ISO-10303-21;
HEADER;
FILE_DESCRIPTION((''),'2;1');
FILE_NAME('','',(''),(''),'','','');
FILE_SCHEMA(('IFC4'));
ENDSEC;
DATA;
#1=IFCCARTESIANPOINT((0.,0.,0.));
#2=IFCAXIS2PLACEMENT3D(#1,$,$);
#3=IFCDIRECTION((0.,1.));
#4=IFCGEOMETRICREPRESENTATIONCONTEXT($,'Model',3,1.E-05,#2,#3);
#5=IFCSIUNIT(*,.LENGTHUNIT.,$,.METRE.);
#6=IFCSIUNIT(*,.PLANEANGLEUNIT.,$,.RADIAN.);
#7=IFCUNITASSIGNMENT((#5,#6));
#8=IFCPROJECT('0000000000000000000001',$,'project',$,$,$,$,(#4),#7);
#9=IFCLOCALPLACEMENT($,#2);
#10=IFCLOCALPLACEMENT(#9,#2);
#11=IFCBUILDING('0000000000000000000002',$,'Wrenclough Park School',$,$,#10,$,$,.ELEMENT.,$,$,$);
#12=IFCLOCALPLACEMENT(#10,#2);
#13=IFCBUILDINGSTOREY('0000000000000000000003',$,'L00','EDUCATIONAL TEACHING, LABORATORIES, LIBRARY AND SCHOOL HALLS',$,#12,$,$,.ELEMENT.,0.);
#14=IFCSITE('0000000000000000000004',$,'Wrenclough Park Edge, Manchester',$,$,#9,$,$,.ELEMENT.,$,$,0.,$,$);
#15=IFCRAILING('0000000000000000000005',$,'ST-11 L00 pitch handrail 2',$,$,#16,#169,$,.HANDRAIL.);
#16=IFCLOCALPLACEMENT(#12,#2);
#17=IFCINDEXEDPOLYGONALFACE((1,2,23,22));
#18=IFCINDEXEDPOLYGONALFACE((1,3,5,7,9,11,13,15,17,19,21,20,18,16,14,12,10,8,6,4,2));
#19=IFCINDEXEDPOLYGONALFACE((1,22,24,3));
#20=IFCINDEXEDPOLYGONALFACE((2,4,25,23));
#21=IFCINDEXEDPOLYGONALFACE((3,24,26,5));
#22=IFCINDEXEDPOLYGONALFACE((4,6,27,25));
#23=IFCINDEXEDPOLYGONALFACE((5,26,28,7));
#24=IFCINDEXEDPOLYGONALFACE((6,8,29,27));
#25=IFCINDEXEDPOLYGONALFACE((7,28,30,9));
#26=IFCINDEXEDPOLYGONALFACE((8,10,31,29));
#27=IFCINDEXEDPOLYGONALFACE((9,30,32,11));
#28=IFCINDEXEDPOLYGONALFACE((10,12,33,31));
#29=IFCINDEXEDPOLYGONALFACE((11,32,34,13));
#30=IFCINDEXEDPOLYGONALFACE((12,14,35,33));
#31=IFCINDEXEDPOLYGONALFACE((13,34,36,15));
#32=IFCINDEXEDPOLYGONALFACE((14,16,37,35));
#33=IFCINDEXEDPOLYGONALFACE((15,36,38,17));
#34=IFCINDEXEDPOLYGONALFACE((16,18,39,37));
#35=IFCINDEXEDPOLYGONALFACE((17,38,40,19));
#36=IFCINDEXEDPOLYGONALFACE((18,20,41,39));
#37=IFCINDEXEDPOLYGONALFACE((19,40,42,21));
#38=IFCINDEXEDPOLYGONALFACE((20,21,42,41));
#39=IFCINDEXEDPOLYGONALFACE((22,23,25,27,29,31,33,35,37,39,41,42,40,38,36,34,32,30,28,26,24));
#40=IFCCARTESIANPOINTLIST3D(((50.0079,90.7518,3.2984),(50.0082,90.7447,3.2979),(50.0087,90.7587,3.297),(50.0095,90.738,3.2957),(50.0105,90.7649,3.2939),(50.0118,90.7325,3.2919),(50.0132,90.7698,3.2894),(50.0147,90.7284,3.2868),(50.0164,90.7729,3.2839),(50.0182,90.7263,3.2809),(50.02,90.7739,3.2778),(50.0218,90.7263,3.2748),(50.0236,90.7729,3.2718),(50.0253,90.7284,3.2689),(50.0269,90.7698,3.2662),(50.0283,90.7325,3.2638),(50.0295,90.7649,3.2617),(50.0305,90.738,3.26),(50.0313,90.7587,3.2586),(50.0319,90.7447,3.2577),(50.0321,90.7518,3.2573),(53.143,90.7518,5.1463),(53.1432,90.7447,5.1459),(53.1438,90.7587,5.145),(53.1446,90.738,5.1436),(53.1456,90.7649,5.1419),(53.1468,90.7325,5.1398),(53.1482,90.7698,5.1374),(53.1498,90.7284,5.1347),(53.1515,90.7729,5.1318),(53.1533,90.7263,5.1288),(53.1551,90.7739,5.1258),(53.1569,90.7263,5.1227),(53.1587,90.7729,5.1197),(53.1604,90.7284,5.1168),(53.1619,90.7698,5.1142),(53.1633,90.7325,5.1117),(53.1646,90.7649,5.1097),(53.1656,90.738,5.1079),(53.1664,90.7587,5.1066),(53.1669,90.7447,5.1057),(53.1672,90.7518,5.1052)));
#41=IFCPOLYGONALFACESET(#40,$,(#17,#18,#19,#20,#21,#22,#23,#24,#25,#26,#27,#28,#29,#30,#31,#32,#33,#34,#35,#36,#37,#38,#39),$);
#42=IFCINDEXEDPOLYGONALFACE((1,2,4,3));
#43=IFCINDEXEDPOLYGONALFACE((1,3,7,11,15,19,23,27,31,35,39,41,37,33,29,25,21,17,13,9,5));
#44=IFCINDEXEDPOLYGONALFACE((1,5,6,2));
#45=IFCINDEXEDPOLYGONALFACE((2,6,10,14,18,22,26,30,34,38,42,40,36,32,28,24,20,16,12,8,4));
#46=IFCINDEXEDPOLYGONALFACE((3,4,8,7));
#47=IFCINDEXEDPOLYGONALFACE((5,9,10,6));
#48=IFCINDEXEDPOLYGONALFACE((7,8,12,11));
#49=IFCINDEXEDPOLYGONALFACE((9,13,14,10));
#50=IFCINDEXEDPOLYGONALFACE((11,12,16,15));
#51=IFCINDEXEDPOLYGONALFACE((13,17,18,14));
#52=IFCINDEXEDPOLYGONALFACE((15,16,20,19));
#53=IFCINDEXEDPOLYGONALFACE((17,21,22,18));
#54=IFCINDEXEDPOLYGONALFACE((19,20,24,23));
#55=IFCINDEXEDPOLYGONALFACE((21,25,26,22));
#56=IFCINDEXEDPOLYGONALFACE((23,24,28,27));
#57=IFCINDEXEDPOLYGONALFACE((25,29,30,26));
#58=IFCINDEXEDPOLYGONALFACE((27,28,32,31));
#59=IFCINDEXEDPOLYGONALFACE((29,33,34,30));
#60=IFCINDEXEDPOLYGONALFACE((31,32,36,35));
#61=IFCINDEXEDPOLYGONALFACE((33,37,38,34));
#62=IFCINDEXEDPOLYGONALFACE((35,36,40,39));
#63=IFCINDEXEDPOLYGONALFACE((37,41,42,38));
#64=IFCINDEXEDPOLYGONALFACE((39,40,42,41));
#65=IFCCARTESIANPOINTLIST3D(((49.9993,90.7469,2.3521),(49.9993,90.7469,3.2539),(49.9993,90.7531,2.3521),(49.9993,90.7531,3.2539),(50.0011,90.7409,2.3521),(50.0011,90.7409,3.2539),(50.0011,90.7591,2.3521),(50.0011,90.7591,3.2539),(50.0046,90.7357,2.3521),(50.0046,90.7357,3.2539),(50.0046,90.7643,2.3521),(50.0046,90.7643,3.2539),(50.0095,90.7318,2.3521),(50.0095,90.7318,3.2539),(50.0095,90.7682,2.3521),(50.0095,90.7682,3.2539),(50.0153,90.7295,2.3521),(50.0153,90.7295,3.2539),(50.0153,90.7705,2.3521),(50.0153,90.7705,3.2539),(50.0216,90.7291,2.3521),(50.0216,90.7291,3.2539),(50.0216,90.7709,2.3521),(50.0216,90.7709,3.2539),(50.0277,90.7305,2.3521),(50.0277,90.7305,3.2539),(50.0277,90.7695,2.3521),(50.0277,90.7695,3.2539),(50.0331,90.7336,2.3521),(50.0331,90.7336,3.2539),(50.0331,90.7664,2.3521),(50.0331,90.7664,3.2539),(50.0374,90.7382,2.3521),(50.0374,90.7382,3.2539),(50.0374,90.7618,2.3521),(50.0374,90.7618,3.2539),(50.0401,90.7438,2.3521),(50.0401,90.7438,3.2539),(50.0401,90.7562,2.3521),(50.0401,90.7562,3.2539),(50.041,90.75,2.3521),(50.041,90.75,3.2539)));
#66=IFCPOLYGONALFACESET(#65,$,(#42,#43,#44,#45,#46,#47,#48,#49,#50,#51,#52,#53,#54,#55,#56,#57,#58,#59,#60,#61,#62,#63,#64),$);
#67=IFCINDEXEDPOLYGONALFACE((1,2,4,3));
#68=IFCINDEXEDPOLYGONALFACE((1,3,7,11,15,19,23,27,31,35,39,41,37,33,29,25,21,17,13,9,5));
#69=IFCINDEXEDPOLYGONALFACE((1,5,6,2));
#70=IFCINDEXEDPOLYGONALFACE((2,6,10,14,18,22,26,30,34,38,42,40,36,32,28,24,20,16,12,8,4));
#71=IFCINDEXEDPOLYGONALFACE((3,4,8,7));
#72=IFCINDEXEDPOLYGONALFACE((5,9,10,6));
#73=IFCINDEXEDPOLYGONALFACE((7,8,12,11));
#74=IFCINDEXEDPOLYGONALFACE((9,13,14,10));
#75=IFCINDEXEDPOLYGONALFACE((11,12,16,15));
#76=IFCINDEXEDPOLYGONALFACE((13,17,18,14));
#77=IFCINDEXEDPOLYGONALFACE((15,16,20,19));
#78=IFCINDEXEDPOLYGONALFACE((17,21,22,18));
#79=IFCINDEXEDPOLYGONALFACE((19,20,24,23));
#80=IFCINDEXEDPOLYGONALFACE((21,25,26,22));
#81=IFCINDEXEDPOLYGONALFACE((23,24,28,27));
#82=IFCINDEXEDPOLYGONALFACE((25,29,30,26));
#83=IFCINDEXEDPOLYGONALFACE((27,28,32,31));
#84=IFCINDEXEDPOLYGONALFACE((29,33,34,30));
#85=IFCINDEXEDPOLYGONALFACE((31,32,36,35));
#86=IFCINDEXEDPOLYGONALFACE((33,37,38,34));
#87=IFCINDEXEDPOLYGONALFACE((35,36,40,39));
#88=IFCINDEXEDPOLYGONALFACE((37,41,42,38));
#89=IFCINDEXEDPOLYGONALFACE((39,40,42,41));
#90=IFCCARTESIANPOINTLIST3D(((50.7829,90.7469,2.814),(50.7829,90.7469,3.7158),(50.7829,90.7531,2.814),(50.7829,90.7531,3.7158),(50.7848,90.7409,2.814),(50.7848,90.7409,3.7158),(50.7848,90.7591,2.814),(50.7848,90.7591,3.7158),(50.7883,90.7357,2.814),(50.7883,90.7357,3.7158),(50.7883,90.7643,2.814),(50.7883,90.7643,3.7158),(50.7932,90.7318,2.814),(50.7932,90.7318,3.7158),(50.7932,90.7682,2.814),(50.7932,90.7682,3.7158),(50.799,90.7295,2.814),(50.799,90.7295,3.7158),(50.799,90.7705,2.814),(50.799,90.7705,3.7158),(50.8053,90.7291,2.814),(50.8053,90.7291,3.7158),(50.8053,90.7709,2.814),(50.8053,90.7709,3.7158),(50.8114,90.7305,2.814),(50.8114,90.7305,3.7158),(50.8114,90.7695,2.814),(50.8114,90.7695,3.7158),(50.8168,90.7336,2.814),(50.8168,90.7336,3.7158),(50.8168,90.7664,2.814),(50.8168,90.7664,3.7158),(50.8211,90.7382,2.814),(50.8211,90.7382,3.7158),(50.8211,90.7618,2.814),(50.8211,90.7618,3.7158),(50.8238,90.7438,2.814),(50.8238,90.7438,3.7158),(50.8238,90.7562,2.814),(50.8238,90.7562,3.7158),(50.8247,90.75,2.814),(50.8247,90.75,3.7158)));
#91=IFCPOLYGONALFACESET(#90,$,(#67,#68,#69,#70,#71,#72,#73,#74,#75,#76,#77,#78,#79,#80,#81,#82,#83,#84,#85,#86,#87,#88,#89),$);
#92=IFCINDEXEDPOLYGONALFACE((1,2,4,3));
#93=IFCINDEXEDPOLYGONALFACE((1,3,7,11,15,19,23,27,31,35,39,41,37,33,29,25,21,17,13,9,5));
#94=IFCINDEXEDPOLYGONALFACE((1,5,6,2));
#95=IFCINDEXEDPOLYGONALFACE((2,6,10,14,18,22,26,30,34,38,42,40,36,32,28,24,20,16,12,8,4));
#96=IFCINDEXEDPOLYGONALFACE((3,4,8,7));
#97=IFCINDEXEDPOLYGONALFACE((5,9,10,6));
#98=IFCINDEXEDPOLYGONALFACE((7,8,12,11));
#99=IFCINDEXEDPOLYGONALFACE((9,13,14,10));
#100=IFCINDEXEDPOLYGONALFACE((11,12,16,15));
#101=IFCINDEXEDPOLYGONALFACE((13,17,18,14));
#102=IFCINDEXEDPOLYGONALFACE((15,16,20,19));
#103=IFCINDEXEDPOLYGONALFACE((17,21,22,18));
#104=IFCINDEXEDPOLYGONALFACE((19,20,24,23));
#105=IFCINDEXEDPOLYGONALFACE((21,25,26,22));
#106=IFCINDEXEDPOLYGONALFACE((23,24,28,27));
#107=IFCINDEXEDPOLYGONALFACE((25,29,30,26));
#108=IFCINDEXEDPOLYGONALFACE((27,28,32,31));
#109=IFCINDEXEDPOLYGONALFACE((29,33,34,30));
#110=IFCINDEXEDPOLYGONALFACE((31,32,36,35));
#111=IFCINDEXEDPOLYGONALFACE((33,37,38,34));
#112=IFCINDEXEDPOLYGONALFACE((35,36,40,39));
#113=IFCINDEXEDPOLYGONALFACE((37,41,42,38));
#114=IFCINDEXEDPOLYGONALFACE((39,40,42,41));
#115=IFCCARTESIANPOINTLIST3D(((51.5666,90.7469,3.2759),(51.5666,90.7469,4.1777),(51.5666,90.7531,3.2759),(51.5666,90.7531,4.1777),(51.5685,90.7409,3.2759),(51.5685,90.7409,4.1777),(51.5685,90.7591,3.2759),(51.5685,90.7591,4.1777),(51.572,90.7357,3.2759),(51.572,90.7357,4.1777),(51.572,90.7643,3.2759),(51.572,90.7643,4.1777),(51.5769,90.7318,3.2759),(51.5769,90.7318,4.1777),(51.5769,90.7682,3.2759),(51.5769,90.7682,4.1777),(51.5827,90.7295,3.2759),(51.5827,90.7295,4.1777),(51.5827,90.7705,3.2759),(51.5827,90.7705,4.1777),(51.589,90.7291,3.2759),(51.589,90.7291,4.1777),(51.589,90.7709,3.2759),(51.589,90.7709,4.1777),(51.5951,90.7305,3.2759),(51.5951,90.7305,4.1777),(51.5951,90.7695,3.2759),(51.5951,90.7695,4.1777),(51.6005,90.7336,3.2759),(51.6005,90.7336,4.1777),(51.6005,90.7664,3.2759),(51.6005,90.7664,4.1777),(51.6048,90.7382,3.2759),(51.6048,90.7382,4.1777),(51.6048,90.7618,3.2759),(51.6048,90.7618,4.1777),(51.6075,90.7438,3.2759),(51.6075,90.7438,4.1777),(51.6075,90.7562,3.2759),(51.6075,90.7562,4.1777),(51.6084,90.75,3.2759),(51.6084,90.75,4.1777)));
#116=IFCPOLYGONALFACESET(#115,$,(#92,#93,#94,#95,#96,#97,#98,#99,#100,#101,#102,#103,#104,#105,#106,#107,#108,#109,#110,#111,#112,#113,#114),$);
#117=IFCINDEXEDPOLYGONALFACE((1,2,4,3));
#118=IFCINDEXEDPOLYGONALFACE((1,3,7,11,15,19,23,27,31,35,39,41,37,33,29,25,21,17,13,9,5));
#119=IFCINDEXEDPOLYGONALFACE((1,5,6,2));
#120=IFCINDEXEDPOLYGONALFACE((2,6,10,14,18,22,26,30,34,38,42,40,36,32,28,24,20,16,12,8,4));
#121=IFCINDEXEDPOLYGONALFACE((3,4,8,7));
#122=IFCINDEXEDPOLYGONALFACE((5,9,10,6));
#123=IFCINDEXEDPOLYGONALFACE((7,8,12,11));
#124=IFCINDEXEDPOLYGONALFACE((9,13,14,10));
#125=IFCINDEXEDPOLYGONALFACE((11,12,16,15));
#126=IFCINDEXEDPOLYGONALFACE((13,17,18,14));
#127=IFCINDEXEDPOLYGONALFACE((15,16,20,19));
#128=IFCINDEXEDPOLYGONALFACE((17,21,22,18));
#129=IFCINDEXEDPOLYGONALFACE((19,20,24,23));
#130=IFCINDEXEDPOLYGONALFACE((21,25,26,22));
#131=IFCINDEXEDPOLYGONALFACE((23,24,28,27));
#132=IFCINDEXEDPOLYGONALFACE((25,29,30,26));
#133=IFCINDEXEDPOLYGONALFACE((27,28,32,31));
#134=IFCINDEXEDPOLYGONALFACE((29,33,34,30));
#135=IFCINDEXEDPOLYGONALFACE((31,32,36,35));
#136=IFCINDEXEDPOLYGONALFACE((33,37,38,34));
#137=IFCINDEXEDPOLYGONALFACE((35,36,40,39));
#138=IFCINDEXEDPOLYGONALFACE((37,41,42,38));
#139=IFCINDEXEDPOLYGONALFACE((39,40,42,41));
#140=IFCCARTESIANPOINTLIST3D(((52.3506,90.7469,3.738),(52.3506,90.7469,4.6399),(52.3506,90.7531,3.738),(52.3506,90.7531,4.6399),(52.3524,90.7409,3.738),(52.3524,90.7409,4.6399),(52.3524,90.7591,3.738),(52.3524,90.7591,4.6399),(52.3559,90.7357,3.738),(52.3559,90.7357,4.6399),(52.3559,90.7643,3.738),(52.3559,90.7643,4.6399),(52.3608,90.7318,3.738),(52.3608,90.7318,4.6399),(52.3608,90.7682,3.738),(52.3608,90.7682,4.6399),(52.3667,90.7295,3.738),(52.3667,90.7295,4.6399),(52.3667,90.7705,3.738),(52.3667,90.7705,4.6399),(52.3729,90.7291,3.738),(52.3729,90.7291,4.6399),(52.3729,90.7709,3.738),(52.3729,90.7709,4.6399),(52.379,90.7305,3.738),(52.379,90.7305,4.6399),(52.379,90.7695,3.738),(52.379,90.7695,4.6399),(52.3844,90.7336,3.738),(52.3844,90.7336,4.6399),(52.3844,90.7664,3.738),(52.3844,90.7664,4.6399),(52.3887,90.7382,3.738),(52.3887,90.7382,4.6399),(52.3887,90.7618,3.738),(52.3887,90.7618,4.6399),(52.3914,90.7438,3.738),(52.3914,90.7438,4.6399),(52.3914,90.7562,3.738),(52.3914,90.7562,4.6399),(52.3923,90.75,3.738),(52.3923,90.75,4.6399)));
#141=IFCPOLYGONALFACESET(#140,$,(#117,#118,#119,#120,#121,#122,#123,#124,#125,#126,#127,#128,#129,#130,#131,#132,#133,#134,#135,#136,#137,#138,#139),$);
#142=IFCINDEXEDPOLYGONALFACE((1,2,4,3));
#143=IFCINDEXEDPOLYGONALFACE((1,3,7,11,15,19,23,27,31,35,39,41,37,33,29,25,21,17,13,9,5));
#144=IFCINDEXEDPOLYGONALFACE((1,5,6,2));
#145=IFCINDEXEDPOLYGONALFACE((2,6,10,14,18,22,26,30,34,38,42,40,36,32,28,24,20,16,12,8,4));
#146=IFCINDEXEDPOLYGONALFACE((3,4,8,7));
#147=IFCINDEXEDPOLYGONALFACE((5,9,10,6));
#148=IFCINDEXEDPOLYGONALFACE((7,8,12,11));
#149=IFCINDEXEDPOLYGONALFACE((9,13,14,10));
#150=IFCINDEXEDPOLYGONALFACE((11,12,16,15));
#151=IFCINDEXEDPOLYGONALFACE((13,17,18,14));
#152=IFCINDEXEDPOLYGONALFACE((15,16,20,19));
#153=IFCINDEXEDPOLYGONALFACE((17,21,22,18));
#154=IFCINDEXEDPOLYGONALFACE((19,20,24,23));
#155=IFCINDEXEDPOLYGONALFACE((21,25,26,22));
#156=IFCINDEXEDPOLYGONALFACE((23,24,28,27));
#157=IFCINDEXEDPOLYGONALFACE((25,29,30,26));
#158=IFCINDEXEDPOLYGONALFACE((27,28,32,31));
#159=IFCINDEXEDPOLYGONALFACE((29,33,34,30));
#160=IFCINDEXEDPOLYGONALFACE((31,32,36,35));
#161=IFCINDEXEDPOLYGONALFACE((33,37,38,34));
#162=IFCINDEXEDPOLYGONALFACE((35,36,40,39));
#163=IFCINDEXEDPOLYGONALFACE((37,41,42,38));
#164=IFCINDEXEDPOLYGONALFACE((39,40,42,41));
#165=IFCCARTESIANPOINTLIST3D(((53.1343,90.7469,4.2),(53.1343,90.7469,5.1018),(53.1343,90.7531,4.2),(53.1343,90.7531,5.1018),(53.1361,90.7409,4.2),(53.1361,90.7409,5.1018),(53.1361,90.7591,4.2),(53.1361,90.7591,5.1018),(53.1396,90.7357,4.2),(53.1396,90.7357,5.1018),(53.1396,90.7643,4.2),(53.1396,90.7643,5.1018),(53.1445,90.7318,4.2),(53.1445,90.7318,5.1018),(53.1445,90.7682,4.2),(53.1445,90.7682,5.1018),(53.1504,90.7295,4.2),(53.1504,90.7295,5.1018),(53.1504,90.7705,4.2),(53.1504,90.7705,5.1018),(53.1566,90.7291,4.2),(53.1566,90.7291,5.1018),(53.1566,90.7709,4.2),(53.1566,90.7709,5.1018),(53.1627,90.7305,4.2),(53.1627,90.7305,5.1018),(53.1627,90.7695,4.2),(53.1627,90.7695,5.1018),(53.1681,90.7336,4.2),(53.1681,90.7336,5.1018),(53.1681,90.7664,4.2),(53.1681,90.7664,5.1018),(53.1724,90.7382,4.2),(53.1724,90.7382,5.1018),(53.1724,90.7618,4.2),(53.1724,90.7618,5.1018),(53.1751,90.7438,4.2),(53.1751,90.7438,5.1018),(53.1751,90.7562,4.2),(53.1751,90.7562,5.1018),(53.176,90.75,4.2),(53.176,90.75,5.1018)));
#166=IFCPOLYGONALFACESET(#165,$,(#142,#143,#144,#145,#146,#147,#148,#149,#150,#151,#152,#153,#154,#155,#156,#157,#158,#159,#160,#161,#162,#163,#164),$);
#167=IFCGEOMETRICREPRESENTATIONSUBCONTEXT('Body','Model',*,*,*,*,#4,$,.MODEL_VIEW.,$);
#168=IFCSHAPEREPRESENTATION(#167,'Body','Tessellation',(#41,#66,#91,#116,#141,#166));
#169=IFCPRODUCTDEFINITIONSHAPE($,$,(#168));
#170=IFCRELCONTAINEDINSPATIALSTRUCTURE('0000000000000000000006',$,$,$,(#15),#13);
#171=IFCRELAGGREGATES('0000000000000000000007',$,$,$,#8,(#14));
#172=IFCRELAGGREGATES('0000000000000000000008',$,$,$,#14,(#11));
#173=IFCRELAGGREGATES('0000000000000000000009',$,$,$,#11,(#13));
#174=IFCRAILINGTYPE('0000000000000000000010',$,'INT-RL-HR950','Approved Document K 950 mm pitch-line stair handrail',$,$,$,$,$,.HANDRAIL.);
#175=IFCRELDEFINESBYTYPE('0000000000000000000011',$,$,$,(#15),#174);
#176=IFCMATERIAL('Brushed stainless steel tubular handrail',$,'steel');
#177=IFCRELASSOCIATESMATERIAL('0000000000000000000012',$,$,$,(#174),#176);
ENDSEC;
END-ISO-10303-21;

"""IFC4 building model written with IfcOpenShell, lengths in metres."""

from ifc_helpers import new_model, si_unit, direction, frame, origin, origin_2d, place, context, subcontext, project, spatial, circle, extrude, material, type_object, element, save


model = new_model("IFC4")

# Units and contexts
model_context = context("Model", 3, precision=1e-05, world=origin(), true_north=direction((0.0, 1.0)))
body_context = subcontext(model_context, "Body", "Model", "MODEL_VIEW")
ifc_project = project(units=[si_unit("LENGTHUNIT", "METRE"), si_unit("PLANEANGLEUNIT", "RADIAN")], contexts=[model_context])

# Site, building, storey
site_placement = place(None, origin())
site = spatial("IfcSite", under=ifc_project, at=site_placement, Name="Wrenclough Park Edge, Manchester", CompositionType="ELEMENT", RefElevation=0.0)
building_placement = place(site_placement, origin())
building = spatial("IfcBuilding", under=site, at=building_placement, Name="Wrenclough Park School", CompositionType="ELEMENT")
storey_placement = place(building_placement, origin())
storey = spatial("IfcBuildingStorey", under=building, at=storey_placement, Name="L00", Description="EDUCATIONAL TEACHING, LABORATORIES, LIBRARY AND SCHOOL HALLS", CompositionType="ELEMENT", Elevation=0.0)

# Railing
ifc_material_1 = material(Name="Brushed stainless steel tubular handrail", Category="steel")
railing_type_1 = type_object("IfcRailingType", Name="INT-RL-HR950", Description="Approved Document K 950 mm pitch-line stair handrail", PredefinedType="HANDRAIL", material=ifc_material_1)
railing_1_placement = place(storey_placement, frame((50.02, 90.75, 2.3521)))
element("IfcRailing", 1, at=railing_1_placement, inside=storey, type_object=railing_type_1, Name="ST-11 L00 pitch handrail 2", PredefinedType="HANDRAIL", context=body_context, shape_type="SweptSolid", body=[
    extrude(circle(Radius=0.0239, at=origin_2d()), frame((0.0, 0.0, 0.9258), z_axis=(0.86148, 0.0, 0.507791), x_axis=(0.0, 1.0, 0.0)), (0.0, 0.0, 1.0), 3.6392),
    extrude(circle(Radius=0.021, at=origin_2d()), origin(), (0.0, 0.0, 1.0), 0.9019),
    extrude(circle(Radius=0.021, at=origin_2d()), frame((0.7837, 0.0, 0.4619)), (0.0, 0.0, 1.0), 0.9019),
    extrude(circle(Radius=0.021, at=origin_2d()), frame((1.5674, 0.0, 0.9238)), (0.0, 0.0, 1.0), 0.9019),
    extrude(circle(Radius=0.021, at=origin_2d()), frame((2.3513, 0.0, 1.386)), (0.0, 0.0, 1.0), 0.9019),
    extrude(circle(Radius=0.021, at=origin_2d()), frame((3.135, 0.0, 1.8479)), (0.0, 0.0, 1.0), 0.9019),
])

save(model, "model.ifc")
